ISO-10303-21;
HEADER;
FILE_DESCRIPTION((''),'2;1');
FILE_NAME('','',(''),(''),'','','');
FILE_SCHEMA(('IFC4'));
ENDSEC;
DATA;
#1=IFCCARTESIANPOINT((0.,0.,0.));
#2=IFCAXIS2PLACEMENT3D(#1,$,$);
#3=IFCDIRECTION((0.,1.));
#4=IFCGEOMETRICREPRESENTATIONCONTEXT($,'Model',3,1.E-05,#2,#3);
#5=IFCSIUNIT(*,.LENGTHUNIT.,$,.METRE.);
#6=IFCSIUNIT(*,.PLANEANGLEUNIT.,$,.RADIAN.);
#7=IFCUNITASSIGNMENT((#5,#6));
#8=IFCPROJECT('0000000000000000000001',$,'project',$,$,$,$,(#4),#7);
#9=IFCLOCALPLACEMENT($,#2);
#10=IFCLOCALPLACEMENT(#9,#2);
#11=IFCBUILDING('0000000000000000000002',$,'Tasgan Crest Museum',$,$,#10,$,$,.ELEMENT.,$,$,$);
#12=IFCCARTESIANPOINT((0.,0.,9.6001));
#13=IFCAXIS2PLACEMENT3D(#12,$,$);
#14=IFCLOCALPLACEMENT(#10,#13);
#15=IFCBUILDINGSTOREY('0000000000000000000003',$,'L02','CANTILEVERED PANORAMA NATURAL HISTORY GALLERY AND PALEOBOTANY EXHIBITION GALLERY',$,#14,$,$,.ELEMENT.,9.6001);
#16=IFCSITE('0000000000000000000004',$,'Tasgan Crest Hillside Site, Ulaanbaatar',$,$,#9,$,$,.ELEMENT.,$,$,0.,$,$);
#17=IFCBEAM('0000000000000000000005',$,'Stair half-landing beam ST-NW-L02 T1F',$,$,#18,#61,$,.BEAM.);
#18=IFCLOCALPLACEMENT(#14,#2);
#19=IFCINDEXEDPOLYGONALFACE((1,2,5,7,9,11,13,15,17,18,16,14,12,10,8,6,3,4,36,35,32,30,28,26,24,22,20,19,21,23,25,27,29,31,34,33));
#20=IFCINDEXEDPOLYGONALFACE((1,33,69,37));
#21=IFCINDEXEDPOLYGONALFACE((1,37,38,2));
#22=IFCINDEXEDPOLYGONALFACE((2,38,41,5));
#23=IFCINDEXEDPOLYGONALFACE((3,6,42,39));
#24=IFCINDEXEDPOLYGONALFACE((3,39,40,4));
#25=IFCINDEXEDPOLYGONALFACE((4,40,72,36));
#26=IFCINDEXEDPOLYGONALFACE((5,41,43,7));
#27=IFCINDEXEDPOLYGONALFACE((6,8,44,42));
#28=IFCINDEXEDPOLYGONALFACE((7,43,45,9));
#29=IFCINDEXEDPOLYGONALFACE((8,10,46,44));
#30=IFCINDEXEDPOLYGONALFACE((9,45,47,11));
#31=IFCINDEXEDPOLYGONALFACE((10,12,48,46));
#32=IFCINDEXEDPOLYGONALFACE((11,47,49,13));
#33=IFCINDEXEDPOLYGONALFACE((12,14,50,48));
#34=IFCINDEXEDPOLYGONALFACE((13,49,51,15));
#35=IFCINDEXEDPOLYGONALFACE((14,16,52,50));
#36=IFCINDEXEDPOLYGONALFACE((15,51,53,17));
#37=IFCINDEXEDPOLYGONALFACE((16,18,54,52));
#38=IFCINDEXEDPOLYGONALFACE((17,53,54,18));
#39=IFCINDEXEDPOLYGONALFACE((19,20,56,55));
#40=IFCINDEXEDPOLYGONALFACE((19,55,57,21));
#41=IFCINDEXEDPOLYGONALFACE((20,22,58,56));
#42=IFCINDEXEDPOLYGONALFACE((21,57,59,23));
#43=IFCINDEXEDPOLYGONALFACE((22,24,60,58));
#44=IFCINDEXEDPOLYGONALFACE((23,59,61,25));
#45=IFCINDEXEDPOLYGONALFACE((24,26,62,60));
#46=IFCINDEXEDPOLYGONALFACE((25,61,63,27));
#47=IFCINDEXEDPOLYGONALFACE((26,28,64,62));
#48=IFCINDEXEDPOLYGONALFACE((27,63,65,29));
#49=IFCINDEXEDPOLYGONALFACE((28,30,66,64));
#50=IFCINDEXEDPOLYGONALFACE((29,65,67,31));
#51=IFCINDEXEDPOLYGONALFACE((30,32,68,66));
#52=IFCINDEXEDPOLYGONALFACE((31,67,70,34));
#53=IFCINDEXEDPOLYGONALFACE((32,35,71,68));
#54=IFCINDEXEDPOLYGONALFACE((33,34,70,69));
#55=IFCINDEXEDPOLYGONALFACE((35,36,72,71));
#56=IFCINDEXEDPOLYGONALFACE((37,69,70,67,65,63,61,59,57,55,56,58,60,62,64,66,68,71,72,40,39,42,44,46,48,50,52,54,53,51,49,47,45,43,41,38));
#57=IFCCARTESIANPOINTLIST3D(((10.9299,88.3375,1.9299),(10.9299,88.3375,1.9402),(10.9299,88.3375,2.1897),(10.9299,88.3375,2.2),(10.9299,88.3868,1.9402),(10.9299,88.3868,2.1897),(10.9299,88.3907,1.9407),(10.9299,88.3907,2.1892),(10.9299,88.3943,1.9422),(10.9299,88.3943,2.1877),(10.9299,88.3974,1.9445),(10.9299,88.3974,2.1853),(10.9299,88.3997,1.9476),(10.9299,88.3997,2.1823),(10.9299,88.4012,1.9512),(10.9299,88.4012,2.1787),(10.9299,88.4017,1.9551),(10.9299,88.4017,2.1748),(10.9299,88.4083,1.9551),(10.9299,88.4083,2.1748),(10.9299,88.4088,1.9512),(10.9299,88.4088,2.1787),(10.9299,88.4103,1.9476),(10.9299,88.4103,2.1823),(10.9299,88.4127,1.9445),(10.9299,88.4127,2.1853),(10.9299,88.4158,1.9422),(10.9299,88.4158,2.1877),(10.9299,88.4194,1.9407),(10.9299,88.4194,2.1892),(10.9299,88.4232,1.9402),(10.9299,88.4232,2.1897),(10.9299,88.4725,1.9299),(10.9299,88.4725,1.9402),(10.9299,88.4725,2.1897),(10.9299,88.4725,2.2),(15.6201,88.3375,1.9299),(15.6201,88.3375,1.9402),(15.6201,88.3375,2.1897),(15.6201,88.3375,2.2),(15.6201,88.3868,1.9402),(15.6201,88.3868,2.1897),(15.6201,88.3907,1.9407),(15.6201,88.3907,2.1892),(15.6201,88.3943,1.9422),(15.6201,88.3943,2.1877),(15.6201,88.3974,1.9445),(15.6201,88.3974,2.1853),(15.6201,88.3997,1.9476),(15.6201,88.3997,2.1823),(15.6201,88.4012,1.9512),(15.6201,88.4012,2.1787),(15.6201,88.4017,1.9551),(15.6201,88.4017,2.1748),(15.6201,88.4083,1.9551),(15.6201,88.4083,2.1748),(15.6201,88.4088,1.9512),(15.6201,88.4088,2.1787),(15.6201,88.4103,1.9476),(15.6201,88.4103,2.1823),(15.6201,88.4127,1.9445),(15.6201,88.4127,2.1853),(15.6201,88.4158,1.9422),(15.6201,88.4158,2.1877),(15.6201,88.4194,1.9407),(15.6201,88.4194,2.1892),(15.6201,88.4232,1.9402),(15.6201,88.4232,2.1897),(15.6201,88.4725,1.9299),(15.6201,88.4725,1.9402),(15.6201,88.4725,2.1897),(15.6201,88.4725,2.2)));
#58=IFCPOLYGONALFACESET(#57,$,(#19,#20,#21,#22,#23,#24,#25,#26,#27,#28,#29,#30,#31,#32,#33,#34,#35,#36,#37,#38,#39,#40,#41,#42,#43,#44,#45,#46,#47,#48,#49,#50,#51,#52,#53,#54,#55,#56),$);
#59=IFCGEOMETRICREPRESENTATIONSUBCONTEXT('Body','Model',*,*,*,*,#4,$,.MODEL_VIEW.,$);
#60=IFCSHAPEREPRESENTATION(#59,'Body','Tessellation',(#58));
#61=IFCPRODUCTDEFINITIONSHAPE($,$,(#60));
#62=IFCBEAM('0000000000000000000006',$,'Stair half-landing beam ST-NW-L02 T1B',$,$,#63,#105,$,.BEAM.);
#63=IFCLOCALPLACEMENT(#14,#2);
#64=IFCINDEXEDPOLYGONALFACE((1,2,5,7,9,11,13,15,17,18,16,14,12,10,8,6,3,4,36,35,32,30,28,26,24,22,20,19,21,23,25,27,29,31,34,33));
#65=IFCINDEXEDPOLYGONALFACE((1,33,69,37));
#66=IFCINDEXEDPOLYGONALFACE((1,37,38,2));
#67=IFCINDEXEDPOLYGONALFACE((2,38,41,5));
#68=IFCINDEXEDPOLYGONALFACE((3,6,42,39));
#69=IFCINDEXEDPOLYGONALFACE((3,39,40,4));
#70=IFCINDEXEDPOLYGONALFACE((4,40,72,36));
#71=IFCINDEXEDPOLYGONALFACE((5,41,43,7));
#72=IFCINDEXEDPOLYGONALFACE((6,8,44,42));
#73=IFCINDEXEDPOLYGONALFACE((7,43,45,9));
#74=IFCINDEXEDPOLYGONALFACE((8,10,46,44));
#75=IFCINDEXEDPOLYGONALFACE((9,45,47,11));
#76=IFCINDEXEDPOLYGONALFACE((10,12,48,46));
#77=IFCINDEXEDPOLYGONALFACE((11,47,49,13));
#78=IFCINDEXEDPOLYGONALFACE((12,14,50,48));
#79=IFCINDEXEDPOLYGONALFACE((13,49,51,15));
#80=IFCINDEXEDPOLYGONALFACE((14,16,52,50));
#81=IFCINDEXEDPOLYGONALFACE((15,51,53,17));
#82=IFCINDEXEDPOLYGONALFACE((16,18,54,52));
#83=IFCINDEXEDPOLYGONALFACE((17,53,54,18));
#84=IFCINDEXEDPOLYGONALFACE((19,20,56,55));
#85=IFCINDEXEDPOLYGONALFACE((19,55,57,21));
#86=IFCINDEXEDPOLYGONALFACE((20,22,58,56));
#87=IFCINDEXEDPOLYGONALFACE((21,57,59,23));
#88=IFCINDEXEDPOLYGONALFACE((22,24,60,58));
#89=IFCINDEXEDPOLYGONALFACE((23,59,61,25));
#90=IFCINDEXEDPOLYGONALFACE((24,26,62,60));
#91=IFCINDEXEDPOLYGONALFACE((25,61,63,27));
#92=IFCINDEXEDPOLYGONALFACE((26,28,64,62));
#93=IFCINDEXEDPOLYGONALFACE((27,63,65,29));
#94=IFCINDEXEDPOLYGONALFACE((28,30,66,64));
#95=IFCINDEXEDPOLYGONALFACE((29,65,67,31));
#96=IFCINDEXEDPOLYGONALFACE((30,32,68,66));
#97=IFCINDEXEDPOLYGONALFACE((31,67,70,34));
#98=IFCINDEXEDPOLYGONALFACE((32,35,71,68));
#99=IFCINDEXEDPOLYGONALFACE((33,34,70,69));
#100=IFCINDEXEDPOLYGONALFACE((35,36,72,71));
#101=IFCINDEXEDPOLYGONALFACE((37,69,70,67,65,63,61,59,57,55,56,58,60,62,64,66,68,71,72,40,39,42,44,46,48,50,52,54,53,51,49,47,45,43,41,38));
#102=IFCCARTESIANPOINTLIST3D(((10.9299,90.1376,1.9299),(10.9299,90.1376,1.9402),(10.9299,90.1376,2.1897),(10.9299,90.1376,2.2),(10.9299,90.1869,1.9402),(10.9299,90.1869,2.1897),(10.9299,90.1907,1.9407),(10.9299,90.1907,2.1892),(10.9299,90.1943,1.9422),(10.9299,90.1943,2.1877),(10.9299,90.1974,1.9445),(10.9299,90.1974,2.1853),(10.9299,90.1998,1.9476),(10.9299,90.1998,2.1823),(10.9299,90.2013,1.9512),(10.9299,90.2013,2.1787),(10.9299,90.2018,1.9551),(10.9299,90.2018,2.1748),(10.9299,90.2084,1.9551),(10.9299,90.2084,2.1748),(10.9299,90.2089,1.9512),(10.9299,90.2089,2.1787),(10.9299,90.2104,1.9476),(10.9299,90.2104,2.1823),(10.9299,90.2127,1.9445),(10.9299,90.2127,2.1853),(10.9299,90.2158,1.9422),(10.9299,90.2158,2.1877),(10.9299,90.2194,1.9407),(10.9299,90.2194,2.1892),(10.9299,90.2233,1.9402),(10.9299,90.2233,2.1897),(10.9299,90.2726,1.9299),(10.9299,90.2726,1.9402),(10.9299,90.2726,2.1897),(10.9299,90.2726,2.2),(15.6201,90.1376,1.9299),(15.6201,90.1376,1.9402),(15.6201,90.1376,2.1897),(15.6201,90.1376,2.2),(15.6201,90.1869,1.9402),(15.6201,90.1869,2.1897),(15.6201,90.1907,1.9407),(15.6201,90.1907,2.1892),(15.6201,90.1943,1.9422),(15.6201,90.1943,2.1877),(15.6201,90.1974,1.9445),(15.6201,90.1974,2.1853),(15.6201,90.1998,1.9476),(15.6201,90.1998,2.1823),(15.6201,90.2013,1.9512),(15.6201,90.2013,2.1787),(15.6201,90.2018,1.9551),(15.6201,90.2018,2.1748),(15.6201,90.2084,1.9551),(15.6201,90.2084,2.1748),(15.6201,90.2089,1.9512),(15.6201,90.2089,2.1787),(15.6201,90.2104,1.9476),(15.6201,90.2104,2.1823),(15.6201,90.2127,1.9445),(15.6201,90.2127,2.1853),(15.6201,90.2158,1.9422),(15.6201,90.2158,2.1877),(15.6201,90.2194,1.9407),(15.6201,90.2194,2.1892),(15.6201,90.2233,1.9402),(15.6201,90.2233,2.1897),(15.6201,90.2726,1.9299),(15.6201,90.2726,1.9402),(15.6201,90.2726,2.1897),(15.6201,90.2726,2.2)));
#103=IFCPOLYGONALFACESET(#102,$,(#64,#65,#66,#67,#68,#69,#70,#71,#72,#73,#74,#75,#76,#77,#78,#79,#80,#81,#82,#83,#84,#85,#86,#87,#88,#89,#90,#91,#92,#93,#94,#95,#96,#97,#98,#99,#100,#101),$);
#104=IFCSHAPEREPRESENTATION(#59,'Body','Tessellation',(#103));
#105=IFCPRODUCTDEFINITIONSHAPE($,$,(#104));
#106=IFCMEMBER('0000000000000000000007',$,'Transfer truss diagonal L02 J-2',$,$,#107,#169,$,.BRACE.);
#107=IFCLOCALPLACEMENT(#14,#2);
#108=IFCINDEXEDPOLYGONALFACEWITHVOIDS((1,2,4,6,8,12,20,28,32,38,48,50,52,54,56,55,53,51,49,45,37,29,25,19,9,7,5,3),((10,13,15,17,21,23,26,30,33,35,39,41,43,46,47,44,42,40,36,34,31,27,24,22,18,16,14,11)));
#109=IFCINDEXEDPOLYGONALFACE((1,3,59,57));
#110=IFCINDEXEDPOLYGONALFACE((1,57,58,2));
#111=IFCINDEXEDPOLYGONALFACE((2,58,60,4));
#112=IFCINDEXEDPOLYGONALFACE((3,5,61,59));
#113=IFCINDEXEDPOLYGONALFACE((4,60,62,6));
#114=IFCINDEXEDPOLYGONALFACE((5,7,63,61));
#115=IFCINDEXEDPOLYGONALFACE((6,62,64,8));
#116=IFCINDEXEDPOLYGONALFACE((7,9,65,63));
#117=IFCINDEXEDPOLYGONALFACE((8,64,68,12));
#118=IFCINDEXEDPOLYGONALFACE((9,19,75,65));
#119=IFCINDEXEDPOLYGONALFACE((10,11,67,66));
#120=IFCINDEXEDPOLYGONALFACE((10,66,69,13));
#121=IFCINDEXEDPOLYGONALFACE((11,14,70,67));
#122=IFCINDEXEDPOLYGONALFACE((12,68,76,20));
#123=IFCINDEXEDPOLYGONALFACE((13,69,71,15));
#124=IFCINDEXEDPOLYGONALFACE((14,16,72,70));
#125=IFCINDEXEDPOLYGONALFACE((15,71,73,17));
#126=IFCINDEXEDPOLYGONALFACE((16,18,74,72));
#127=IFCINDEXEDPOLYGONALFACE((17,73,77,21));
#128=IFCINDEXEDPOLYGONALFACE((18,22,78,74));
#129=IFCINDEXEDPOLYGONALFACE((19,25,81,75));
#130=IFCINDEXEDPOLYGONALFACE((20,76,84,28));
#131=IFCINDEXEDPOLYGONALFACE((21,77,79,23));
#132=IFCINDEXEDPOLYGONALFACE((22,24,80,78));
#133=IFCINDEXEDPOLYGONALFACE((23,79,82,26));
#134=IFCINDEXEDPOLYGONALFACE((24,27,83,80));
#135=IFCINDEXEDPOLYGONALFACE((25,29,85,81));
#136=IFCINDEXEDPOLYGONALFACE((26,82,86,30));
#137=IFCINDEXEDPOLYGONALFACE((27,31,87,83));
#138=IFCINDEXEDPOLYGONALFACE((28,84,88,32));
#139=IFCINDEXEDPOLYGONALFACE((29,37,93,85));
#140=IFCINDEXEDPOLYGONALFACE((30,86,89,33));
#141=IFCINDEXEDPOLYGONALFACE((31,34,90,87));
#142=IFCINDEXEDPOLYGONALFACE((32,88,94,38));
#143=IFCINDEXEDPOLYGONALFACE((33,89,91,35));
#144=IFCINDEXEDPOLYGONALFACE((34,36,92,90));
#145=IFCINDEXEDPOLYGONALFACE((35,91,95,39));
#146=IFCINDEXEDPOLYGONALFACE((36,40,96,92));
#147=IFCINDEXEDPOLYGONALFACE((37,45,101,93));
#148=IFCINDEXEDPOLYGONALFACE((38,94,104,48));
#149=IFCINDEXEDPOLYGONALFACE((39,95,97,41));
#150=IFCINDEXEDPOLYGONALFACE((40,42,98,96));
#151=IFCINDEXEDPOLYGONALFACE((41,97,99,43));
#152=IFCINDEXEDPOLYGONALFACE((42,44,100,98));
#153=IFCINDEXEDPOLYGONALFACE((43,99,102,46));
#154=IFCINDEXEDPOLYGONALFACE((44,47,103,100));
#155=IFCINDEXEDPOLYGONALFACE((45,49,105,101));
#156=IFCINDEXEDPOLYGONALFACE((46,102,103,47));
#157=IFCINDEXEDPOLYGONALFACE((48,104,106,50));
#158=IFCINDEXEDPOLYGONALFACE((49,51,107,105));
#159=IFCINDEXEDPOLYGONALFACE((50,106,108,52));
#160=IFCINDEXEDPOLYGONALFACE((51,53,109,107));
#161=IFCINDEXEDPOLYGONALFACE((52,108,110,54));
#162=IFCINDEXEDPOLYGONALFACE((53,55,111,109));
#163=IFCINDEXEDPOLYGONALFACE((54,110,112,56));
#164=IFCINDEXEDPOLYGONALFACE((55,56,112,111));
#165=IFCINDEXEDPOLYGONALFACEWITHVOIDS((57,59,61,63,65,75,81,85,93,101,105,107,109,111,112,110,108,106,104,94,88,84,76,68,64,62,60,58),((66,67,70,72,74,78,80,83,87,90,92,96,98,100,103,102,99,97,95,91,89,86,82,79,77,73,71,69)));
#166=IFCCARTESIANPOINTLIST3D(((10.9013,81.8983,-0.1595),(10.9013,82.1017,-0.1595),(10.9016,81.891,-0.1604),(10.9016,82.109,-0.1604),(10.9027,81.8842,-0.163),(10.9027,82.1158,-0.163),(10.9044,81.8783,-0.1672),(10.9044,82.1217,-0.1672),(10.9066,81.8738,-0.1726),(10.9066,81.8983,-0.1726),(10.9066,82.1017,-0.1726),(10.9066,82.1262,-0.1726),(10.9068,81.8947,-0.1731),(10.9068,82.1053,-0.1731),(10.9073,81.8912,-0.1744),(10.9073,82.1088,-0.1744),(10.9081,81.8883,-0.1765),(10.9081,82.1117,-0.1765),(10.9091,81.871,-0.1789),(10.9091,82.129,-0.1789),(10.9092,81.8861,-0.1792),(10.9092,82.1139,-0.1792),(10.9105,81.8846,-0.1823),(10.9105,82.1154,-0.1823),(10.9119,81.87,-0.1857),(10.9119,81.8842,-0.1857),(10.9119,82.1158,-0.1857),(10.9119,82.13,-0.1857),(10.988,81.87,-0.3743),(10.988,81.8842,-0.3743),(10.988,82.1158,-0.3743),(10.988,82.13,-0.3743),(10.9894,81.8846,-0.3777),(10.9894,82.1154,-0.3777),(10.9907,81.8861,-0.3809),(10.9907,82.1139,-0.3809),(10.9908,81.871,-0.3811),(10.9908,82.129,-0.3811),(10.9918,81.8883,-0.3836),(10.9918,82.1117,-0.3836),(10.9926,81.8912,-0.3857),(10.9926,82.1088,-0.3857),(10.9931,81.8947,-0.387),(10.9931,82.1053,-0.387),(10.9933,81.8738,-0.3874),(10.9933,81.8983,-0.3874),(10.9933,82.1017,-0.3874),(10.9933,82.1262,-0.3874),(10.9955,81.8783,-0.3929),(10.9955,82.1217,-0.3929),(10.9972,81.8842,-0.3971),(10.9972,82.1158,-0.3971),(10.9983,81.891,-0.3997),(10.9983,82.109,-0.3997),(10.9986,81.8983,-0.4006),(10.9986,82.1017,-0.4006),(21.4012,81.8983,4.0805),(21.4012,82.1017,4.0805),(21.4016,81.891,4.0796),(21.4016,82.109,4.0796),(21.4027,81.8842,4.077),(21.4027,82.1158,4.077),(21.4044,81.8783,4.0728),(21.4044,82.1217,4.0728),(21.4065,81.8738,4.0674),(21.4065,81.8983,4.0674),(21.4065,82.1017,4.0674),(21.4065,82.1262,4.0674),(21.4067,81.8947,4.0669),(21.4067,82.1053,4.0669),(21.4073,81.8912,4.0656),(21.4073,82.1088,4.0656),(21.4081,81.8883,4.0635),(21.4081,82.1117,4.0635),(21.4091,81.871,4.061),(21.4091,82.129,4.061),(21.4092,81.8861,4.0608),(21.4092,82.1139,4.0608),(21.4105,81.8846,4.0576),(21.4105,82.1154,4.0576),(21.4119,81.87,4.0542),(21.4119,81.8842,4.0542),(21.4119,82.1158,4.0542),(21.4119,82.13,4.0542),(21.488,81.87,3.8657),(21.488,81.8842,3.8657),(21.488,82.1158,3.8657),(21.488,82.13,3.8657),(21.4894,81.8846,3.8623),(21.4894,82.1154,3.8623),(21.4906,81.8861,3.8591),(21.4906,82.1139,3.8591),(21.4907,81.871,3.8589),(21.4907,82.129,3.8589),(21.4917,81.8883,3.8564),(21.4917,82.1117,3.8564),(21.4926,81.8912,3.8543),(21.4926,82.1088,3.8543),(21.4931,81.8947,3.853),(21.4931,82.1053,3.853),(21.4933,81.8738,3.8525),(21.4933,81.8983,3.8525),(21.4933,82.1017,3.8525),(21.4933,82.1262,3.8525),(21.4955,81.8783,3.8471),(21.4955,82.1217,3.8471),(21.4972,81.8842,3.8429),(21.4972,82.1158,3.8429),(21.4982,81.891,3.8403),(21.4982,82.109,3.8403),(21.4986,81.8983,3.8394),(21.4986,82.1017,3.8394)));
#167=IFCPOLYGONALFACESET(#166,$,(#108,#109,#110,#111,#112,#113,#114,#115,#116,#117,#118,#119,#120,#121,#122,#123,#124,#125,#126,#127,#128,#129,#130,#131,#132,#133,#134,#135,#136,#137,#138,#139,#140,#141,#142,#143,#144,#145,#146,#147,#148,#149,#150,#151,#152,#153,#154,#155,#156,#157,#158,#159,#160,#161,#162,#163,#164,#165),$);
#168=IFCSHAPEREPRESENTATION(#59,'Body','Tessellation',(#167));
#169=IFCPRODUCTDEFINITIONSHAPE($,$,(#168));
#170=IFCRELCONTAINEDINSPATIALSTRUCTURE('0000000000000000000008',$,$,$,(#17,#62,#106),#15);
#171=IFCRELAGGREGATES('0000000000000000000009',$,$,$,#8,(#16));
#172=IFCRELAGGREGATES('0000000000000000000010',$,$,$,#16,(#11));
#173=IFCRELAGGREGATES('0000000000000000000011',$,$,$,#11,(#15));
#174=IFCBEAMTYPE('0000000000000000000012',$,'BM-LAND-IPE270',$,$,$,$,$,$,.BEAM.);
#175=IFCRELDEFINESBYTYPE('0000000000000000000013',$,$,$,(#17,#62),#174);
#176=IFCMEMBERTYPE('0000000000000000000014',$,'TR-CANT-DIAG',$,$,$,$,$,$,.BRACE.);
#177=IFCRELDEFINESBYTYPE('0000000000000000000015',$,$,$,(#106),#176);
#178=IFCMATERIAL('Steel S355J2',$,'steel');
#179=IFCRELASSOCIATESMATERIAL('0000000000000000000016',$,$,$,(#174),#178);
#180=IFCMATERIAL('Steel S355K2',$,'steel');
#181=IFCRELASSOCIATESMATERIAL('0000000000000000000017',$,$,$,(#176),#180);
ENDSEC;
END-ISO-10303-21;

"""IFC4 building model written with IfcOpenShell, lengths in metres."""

from ifc_helpers import new_model, si_unit, direction, frame, origin, origin_2d, place, context, subcontext, project, spatial, hollow_rectangle, i_section, extrude, material, material_profile, profile_set, type_object, element, save


model = new_model("IFC4")

# Units and contexts
model_context = context("Model", 3, precision=1e-05, world=origin(), true_north=direction((0.0, 1.0)))
body_context = subcontext(model_context, "Body", "Model", "MODEL_VIEW")
ifc_project = project(units=[si_unit("LENGTHUNIT", "METRE"), si_unit("PLANEANGLEUNIT", "RADIAN")], contexts=[model_context])

# Site, building, storey
site_placement = place(None, origin())
site = spatial("IfcSite", under=ifc_project, at=site_placement, Name="Tasgan Crest Hillside Site, Ulaanbaatar", CompositionType="ELEMENT", RefElevation=0.0)
building_placement = place(site_placement, origin())
building = spatial("IfcBuilding", under=site, at=building_placement, Name="Tasgan Crest Museum", CompositionType="ELEMENT")
storey_placement = place(building_placement, frame((0.0, 0.0, 9.6001)))
storey = spatial("IfcBuildingStorey", under=building, at=storey_placement, Name="L02", Description="CANTILEVERED PANORAMA NATURAL HISTORY GALLERY AND PALEOBOTANY EXHIBITION GALLERY", CompositionType="ELEMENT", Elevation=9.6001)

# Beams
ifc_material_1 = material(Name="Steel S355J2", Category="steel")
ifc_material_profile_1 = material_profile(ifc_material_1, i_section(OverallWidth=0.135, OverallDepth=0.27, WebThickness=0.0066, FlangeThickness=0.0103, FilletRadius=0.0149, at=origin_2d()), Name="IPE 270")
ifc_profile_set_1 = profile_set([ifc_material_profile_1], Name="Steel S355J2")
beam_type_1 = type_object("IfcBeamType", Name="BM-LAND-IPE270", PredefinedType="BEAM", material=ifc_profile_set_1)
for number, where, z_axis, x_axis, name in (
    (1, (10.9299, 88.405, 2.0649), (1.0, 0.0, 0.0), (0.0, 1.0, 0.0), "Stair half-landing beam ST-NW-L02 T1F"),
    (2, (10.9299, 90.2051, 2.0649), (1.0, 0.0, 0.0), (0.0, 1.0, 0.0), "Stair half-landing beam ST-NW-L02 T1B"),
):
    element("IfcBeam", number, at=place(storey_placement, frame(where, z_axis=z_axis, x_axis=x_axis)), inside=storey, type_object=beam_type_1, Name=name, PredefinedType="BEAM", context=body_context, shape_type="SweptSolid", body=[
        extrude(i_section(OverallWidth=0.135, OverallDepth=0.27, WebThickness=0.0066, FlangeThickness=0.0103, FilletRadius=0.0149, at=origin_2d()), origin(), (0.0, 0.0, 1.0), 4.6902),
    ])

# Member
ifc_material_2 = material(Name="Steel S355K2", Category="steel")
ifc_material_profile_2 = material_profile(ifc_material_2, hollow_rectangle(XDim=0.26, YDim=0.26, WallThickness=0.0142, InnerFilletRadius=0.0142, OuterFilletRadius=0.0283, at=origin_2d()), Name="SHS 260x260x14.2")
ifc_profile_set_2 = profile_set([ifc_material_profile_2], Name="Steel S355K2")
member_type = type_object("IfcMemberType", Name="TR-CANT-DIAG", PredefinedType="BRACE", material=ifc_profile_set_2)
member_1_placement = place(storey_placement, frame((10.95, 82.0, -0.28), z_axis=(0.927254, 0.0, 0.374433), x_axis=(0.0, 1.0, 0.0)))
element("IfcMember", 3, at=member_1_placement, inside=storey, type_object=member_type, Name="Transfer truss diagonal L02 J-2", PredefinedType="BRACE", context=body_context, shape_type="SweptSolid", body=[
    extrude(hollow_rectangle(XDim=0.26, YDim=0.26, WallThickness=0.0142, InnerFilletRadius=0.0142, OuterFilletRadius=0.0283, at=origin_2d()), origin(), (0.0, 0.0, 1.0), 11.3237),
])

save(model, "model.ifc")
